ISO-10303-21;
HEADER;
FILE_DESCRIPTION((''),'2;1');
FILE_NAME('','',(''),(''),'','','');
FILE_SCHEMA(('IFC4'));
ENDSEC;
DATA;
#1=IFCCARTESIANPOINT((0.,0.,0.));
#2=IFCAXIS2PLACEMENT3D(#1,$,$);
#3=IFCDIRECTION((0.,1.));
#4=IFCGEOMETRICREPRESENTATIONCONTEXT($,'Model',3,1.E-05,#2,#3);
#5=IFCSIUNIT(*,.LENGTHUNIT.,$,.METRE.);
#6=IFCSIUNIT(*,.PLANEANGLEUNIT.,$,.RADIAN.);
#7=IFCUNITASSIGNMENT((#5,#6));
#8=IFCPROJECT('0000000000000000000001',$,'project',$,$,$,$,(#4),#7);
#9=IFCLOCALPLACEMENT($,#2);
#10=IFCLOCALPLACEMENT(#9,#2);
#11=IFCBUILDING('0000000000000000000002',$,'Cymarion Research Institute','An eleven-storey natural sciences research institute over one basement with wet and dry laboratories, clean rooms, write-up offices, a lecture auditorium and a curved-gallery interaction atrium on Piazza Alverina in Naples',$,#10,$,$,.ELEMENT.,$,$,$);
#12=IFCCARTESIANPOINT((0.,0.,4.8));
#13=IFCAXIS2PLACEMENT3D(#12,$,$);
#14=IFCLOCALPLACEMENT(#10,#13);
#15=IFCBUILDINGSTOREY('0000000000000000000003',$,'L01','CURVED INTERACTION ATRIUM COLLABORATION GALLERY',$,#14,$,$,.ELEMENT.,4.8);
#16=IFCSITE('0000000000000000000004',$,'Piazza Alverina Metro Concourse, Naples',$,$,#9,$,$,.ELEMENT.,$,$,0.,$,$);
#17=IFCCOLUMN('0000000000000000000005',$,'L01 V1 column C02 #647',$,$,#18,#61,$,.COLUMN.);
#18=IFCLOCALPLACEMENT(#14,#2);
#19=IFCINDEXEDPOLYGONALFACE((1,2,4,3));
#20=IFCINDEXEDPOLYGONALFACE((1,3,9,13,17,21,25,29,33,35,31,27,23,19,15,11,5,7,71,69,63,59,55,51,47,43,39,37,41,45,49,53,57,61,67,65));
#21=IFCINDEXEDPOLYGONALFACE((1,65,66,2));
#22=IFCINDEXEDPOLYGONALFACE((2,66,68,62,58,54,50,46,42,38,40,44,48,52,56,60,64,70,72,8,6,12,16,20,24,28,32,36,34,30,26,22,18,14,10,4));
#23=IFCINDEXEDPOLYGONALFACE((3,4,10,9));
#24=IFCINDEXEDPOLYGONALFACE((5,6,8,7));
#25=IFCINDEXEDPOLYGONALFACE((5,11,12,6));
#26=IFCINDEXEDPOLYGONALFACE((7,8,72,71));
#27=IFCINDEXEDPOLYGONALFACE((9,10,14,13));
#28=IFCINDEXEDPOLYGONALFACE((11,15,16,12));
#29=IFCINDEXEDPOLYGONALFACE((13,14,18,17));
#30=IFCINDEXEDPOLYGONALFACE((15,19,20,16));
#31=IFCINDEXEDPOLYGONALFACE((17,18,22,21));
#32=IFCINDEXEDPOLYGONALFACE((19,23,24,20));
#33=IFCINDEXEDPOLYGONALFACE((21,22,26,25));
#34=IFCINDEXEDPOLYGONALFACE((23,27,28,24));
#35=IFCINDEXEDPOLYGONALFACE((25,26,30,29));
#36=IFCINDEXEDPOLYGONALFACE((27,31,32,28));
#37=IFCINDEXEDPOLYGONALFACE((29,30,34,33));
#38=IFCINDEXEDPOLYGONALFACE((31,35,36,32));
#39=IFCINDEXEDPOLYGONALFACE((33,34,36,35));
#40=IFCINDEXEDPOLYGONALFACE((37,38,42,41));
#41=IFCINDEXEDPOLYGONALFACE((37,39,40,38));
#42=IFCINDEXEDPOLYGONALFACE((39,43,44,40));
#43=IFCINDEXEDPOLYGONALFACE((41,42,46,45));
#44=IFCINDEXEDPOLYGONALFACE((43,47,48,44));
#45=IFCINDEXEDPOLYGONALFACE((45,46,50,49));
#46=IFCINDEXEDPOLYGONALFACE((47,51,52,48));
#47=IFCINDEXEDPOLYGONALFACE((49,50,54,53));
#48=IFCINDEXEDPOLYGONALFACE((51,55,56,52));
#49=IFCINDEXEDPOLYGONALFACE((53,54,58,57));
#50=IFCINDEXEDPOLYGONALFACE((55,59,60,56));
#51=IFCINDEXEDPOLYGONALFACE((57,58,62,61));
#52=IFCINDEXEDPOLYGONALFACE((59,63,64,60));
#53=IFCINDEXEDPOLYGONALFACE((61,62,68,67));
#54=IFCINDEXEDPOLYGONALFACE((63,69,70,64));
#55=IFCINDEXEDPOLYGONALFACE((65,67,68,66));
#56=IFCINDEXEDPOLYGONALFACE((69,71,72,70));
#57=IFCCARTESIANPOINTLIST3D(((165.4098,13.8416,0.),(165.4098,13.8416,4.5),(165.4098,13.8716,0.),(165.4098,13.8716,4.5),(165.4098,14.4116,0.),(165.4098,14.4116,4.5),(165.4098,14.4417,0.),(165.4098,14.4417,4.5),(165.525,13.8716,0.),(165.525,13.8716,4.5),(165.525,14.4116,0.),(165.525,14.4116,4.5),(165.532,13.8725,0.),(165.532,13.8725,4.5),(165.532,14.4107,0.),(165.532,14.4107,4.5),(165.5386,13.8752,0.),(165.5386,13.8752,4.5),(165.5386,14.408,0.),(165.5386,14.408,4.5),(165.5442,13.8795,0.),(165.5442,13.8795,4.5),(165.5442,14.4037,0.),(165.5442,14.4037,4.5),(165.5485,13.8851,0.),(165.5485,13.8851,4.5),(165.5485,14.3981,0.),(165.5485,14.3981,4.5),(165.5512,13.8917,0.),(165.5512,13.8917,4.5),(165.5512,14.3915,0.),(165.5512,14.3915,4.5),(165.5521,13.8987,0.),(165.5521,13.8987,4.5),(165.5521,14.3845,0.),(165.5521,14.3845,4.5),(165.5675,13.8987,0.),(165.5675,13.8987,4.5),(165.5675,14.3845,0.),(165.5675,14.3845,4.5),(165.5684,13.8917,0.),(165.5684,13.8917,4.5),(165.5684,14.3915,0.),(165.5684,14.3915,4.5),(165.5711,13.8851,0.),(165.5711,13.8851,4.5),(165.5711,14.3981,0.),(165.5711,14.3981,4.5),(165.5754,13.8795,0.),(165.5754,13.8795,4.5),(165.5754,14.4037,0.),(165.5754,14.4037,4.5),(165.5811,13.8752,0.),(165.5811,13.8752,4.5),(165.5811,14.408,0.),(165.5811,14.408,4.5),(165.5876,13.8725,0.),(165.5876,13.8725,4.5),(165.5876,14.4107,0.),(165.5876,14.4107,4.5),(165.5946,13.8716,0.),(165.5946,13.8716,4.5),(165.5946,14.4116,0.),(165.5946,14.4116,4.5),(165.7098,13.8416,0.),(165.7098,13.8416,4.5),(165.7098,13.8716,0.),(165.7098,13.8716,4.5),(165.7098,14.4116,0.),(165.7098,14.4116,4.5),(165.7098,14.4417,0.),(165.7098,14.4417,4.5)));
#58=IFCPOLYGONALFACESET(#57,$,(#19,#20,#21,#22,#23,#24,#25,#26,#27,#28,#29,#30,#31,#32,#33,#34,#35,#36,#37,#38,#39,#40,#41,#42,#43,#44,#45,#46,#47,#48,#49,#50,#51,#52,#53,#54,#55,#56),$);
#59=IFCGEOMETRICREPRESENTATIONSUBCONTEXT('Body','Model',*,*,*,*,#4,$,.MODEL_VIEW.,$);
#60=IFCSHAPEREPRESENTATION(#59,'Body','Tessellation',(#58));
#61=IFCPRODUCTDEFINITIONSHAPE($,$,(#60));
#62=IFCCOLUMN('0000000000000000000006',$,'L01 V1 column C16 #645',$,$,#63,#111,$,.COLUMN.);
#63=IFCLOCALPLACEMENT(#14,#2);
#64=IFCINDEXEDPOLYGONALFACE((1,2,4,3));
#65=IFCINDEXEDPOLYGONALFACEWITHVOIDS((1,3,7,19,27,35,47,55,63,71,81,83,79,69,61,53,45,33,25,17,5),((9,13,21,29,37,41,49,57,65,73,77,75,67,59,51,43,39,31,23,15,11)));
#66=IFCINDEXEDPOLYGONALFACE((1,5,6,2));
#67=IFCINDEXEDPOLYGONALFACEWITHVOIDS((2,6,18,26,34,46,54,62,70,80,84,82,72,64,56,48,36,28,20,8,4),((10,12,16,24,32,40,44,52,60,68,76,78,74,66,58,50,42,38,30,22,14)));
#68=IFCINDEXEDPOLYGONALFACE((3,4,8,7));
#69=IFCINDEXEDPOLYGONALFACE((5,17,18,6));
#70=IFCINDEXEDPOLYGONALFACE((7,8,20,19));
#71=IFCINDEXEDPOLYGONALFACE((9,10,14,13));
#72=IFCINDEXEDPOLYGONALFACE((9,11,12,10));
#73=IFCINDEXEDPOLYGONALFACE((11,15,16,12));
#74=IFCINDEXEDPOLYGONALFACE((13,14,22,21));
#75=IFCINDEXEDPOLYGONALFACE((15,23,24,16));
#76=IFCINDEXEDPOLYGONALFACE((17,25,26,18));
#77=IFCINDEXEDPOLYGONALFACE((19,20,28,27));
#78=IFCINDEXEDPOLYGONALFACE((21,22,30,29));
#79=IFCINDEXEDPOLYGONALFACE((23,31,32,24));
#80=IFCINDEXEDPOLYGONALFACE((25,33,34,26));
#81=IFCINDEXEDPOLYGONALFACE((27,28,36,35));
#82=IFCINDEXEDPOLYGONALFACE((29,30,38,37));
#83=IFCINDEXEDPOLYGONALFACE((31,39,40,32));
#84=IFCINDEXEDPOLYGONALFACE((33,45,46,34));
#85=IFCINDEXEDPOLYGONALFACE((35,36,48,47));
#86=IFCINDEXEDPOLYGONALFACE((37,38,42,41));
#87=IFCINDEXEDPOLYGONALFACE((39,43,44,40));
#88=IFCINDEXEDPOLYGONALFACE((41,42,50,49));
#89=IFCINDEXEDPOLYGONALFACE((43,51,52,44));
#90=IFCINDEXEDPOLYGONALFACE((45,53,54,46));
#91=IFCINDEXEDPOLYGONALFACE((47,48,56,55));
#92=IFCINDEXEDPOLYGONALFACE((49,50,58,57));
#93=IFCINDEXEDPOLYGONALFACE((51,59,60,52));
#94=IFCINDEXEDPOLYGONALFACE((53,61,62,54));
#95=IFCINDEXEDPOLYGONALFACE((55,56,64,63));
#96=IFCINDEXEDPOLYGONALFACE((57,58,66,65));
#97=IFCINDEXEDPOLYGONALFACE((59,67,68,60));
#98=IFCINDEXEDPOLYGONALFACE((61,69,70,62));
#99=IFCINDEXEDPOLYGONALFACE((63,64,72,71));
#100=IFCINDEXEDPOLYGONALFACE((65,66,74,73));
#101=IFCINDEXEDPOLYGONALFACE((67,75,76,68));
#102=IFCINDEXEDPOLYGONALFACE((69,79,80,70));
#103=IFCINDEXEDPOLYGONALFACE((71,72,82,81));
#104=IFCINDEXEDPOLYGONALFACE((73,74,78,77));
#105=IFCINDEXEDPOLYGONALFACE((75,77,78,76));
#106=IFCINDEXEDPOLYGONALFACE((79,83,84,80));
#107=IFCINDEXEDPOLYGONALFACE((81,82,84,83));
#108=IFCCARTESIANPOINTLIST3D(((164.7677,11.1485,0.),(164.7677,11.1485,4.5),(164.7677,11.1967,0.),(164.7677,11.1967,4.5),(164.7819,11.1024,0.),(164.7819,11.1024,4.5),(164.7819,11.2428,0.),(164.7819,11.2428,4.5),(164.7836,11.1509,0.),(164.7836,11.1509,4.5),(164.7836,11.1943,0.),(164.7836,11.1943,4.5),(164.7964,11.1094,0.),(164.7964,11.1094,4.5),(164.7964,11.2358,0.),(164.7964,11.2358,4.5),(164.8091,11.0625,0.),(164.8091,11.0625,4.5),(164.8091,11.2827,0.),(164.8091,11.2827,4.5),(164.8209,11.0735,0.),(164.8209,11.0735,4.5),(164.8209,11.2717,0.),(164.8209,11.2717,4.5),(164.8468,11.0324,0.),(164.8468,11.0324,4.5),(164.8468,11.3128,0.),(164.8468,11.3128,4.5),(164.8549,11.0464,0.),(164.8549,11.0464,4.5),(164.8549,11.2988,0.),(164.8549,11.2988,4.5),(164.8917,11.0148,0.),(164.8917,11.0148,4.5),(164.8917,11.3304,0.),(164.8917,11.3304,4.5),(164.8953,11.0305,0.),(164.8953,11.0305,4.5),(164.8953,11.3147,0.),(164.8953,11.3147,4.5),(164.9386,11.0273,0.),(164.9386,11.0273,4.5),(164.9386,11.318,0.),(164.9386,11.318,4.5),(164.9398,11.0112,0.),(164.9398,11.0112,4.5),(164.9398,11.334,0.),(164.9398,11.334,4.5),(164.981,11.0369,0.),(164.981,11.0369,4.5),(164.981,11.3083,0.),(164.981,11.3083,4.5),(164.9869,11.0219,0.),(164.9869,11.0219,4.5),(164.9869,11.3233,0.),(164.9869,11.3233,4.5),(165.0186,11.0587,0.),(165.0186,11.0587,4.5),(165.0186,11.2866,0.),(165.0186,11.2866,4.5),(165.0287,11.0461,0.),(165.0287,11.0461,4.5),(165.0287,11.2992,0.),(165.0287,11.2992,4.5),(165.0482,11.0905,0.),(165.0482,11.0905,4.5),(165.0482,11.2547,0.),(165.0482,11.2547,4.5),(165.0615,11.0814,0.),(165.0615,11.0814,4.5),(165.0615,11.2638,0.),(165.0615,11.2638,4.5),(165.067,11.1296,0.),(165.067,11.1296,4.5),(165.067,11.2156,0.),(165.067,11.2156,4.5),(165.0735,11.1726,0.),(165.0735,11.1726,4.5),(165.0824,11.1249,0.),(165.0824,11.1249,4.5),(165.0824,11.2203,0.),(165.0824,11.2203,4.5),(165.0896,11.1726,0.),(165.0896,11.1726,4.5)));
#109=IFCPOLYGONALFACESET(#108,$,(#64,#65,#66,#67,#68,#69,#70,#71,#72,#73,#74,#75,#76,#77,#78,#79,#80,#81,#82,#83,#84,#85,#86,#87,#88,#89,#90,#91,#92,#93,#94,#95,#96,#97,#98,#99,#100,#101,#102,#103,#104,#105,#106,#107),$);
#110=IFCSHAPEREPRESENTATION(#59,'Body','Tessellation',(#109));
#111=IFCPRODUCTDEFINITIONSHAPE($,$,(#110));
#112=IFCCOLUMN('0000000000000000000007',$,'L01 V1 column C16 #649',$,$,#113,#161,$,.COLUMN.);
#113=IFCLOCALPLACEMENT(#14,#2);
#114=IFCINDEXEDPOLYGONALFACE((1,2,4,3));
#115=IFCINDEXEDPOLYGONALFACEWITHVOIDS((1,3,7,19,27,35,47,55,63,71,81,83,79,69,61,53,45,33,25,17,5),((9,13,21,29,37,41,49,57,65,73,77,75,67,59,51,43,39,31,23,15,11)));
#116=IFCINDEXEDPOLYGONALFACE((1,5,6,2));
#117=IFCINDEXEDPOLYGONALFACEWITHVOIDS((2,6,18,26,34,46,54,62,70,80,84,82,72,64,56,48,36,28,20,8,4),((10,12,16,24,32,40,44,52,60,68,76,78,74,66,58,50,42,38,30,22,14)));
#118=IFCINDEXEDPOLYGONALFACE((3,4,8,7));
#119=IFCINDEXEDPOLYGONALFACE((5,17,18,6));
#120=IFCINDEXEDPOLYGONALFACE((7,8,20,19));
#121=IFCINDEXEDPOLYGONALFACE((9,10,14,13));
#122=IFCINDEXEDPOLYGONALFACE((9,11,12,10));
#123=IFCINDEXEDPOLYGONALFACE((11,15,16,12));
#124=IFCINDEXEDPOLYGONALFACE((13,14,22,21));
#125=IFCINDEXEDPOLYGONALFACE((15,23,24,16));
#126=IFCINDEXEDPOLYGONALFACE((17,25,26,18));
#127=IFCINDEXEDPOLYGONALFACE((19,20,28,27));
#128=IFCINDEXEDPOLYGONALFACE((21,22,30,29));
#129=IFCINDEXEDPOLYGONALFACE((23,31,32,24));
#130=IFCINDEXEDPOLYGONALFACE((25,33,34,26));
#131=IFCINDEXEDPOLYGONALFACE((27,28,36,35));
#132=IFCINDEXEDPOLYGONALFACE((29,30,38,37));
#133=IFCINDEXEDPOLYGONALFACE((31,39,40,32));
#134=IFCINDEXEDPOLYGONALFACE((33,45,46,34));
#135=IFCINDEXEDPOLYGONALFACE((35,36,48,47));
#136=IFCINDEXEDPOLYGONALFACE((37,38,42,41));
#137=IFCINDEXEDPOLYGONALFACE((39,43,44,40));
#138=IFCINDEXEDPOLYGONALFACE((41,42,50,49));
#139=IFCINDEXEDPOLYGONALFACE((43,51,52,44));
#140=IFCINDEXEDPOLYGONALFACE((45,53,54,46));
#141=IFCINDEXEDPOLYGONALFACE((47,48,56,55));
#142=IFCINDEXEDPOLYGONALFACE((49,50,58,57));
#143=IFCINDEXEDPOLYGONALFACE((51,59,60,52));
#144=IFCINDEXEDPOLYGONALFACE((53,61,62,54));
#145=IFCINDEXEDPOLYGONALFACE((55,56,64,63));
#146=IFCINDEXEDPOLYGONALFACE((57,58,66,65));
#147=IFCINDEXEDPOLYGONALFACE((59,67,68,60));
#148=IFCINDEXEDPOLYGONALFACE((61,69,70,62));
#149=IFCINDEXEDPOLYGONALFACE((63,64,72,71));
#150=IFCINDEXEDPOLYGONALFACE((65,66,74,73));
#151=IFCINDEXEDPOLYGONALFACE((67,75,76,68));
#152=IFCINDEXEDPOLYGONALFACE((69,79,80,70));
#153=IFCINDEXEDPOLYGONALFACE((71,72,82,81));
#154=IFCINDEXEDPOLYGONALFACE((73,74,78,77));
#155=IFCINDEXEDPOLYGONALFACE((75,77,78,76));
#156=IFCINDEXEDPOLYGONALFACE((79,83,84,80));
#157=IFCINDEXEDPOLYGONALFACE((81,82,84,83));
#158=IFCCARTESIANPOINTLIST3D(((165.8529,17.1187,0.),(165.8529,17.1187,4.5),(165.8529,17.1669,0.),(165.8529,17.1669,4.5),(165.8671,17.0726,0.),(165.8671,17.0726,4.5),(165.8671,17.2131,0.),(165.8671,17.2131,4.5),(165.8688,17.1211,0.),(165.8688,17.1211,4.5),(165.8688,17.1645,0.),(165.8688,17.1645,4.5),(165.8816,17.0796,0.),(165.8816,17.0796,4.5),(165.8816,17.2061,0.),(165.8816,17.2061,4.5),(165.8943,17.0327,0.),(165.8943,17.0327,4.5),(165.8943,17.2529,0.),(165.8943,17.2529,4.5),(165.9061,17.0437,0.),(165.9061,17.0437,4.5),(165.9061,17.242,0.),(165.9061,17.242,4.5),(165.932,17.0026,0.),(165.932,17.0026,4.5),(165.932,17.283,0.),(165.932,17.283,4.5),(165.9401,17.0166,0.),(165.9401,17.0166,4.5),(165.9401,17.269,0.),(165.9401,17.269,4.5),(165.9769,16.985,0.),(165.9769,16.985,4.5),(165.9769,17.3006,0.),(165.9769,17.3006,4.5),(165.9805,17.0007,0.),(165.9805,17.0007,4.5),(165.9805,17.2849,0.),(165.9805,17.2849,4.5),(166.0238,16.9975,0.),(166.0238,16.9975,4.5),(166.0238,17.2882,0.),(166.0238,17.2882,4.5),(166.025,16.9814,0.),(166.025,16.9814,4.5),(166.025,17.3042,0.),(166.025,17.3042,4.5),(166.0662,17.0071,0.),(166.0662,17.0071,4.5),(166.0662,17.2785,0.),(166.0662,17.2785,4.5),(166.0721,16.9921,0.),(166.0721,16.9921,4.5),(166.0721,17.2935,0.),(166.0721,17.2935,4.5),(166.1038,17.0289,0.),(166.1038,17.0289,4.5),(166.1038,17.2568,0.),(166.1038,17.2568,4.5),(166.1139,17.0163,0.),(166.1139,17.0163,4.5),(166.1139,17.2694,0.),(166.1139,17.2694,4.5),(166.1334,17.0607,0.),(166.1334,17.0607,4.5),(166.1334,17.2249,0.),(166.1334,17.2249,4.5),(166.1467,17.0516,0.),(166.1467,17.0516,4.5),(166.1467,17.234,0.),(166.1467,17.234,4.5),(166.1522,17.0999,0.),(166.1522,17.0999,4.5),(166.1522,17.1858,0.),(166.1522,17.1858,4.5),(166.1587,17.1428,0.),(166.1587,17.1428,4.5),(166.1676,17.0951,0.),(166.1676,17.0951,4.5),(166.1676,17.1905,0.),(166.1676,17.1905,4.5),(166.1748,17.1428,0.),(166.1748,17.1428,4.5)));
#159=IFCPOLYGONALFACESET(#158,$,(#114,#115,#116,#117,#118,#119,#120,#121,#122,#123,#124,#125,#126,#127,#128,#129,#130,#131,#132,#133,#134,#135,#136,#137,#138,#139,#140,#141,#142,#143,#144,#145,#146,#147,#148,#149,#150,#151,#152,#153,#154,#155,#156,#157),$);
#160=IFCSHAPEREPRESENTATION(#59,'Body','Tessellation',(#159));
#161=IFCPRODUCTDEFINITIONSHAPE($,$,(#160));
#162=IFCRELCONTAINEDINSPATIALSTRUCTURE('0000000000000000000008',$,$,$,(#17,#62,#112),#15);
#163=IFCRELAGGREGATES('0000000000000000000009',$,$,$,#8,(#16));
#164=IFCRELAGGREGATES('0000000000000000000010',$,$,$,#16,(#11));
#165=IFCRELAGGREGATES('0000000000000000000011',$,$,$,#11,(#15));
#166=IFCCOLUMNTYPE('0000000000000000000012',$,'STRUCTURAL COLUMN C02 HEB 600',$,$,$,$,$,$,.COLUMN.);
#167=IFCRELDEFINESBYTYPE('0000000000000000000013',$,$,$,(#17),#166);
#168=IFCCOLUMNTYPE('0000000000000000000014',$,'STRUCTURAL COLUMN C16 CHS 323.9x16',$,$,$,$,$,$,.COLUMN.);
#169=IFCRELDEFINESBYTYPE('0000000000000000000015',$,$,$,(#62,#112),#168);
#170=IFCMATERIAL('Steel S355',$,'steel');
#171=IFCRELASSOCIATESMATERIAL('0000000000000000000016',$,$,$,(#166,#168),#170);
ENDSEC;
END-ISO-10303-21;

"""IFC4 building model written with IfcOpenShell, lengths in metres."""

from ifc_helpers import new_model, si_unit, direction, frame, origin, origin_2d, place, context, subcontext, project, spatial, hollow_circle, i_section, extrude, material, material_profile, profile_set, type_object, element, save


model = new_model("IFC4")

# Units and contexts
model_context = context("Model", 3, precision=1e-05, world=origin(), true_north=direction((0.0, 1.0)))
body_context = subcontext(model_context, "Body", "Model", "MODEL_VIEW")
ifc_project = project(units=[si_unit("LENGTHUNIT", "METRE"), si_unit("PLANEANGLEUNIT", "RADIAN")], contexts=[model_context])

# Site, building, storey
site_placement = place(None, origin())
site = spatial("IfcSite", under=ifc_project, at=site_placement, Name="Piazza Alverina Metro Concourse, Naples", CompositionType="ELEMENT", RefElevation=0.0)
building_placement = place(site_placement, origin())
building = spatial("IfcBuilding", under=site, at=building_placement, Name="Cymarion Research Institute", Description="An eleven-storey natural sciences research institute over one basement with wet and dry laboratories, clean rooms, write-up offices, a lecture auditorium and a curved-gallery interaction atrium on Piazza Alverina in Naples", CompositionType="ELEMENT")
storey_placement = place(building_placement, frame((0.0, 0.0, 4.8)))
storey = spatial("IfcBuildingStorey", under=building, at=storey_placement, Name="L01", Description="CURVED INTERACTION ATRIUM COLLABORATION GALLERY", CompositionType="ELEMENT", Elevation=4.8)

# Columns
ifc_material_1 = material(Name="Steel S355", Category="steel")
ifc_material_profile_1 = material_profile(ifc_material_1, i_section(OverallWidth=0.3, OverallDepth=0.6001, WebThickness=0.0154, FlangeThickness=0.03, FilletRadius=0.0271, at=origin_2d()), Name="HEB 600")
ifc_profile_set_1 = profile_set([ifc_material_profile_1], Name="Steel S355")
column_type_1 = type_object("IfcColumnType", Name="STRUCTURAL COLUMN C02 HEB 600", PredefinedType="COLUMN", material=ifc_profile_set_1)
column_placement = place(storey_placement, frame((165.5598, 14.1416, 0.0), z_axis=(0.0, 0.0, 1.0), x_axis=(1.0, 0.0, 0.0)))
element("IfcColumn", 1, at=column_placement, inside=storey, type_object=column_type_1, Name="L01 V1 column C02 #647", PredefinedType="COLUMN", context=body_context, shape_type="SweptSolid", body=[
    extrude(i_section(OverallWidth=0.3, OverallDepth=0.6001, WebThickness=0.0154, FlangeThickness=0.03, FilletRadius=0.0271, at=origin_2d()), origin(), (0.0, 0.0, 1.0), 4.5),
])
ifc_material_profile_2 = material_profile(ifc_material_1, hollow_circle(Radius=0.1619, WallThickness=0.0161, at=origin_2d()), Name="CHS 323.9x16")
ifc_profile_set_2 = profile_set([ifc_material_profile_2], Name="Steel S355")
column_type_2 = type_object("IfcColumnType", Name="STRUCTURAL COLUMN C16 CHS 323.9x16", PredefinedType="COLUMN", material=ifc_profile_set_2)
for number, where, z_axis, x_axis, name in (
    (2, (164.9277, 11.1726, 0.0), (0.0, 0.0, 1.0), (1.0, 0.0, 0.0), "L01 V1 column C16 #645"),
    (3, (166.0129, 17.1428, 0.0), (0.0, 0.0, 1.0), (1.0, 0.0, 0.0), "L01 V1 column C16 #649"),
):
    element("IfcColumn", number, at=place(storey_placement, frame(where, z_axis=z_axis, x_axis=x_axis)), inside=storey, type_object=column_type_2, Name=name, PredefinedType="COLUMN", context=body_context, shape_type="SweptSolid", body=[
        extrude(hollow_circle(Radius=0.1619, WallThickness=0.0161, at=origin_2d()), origin(), (0.0, 0.0, 1.0), 4.5),
    ])

save(model, "model.ifc")
